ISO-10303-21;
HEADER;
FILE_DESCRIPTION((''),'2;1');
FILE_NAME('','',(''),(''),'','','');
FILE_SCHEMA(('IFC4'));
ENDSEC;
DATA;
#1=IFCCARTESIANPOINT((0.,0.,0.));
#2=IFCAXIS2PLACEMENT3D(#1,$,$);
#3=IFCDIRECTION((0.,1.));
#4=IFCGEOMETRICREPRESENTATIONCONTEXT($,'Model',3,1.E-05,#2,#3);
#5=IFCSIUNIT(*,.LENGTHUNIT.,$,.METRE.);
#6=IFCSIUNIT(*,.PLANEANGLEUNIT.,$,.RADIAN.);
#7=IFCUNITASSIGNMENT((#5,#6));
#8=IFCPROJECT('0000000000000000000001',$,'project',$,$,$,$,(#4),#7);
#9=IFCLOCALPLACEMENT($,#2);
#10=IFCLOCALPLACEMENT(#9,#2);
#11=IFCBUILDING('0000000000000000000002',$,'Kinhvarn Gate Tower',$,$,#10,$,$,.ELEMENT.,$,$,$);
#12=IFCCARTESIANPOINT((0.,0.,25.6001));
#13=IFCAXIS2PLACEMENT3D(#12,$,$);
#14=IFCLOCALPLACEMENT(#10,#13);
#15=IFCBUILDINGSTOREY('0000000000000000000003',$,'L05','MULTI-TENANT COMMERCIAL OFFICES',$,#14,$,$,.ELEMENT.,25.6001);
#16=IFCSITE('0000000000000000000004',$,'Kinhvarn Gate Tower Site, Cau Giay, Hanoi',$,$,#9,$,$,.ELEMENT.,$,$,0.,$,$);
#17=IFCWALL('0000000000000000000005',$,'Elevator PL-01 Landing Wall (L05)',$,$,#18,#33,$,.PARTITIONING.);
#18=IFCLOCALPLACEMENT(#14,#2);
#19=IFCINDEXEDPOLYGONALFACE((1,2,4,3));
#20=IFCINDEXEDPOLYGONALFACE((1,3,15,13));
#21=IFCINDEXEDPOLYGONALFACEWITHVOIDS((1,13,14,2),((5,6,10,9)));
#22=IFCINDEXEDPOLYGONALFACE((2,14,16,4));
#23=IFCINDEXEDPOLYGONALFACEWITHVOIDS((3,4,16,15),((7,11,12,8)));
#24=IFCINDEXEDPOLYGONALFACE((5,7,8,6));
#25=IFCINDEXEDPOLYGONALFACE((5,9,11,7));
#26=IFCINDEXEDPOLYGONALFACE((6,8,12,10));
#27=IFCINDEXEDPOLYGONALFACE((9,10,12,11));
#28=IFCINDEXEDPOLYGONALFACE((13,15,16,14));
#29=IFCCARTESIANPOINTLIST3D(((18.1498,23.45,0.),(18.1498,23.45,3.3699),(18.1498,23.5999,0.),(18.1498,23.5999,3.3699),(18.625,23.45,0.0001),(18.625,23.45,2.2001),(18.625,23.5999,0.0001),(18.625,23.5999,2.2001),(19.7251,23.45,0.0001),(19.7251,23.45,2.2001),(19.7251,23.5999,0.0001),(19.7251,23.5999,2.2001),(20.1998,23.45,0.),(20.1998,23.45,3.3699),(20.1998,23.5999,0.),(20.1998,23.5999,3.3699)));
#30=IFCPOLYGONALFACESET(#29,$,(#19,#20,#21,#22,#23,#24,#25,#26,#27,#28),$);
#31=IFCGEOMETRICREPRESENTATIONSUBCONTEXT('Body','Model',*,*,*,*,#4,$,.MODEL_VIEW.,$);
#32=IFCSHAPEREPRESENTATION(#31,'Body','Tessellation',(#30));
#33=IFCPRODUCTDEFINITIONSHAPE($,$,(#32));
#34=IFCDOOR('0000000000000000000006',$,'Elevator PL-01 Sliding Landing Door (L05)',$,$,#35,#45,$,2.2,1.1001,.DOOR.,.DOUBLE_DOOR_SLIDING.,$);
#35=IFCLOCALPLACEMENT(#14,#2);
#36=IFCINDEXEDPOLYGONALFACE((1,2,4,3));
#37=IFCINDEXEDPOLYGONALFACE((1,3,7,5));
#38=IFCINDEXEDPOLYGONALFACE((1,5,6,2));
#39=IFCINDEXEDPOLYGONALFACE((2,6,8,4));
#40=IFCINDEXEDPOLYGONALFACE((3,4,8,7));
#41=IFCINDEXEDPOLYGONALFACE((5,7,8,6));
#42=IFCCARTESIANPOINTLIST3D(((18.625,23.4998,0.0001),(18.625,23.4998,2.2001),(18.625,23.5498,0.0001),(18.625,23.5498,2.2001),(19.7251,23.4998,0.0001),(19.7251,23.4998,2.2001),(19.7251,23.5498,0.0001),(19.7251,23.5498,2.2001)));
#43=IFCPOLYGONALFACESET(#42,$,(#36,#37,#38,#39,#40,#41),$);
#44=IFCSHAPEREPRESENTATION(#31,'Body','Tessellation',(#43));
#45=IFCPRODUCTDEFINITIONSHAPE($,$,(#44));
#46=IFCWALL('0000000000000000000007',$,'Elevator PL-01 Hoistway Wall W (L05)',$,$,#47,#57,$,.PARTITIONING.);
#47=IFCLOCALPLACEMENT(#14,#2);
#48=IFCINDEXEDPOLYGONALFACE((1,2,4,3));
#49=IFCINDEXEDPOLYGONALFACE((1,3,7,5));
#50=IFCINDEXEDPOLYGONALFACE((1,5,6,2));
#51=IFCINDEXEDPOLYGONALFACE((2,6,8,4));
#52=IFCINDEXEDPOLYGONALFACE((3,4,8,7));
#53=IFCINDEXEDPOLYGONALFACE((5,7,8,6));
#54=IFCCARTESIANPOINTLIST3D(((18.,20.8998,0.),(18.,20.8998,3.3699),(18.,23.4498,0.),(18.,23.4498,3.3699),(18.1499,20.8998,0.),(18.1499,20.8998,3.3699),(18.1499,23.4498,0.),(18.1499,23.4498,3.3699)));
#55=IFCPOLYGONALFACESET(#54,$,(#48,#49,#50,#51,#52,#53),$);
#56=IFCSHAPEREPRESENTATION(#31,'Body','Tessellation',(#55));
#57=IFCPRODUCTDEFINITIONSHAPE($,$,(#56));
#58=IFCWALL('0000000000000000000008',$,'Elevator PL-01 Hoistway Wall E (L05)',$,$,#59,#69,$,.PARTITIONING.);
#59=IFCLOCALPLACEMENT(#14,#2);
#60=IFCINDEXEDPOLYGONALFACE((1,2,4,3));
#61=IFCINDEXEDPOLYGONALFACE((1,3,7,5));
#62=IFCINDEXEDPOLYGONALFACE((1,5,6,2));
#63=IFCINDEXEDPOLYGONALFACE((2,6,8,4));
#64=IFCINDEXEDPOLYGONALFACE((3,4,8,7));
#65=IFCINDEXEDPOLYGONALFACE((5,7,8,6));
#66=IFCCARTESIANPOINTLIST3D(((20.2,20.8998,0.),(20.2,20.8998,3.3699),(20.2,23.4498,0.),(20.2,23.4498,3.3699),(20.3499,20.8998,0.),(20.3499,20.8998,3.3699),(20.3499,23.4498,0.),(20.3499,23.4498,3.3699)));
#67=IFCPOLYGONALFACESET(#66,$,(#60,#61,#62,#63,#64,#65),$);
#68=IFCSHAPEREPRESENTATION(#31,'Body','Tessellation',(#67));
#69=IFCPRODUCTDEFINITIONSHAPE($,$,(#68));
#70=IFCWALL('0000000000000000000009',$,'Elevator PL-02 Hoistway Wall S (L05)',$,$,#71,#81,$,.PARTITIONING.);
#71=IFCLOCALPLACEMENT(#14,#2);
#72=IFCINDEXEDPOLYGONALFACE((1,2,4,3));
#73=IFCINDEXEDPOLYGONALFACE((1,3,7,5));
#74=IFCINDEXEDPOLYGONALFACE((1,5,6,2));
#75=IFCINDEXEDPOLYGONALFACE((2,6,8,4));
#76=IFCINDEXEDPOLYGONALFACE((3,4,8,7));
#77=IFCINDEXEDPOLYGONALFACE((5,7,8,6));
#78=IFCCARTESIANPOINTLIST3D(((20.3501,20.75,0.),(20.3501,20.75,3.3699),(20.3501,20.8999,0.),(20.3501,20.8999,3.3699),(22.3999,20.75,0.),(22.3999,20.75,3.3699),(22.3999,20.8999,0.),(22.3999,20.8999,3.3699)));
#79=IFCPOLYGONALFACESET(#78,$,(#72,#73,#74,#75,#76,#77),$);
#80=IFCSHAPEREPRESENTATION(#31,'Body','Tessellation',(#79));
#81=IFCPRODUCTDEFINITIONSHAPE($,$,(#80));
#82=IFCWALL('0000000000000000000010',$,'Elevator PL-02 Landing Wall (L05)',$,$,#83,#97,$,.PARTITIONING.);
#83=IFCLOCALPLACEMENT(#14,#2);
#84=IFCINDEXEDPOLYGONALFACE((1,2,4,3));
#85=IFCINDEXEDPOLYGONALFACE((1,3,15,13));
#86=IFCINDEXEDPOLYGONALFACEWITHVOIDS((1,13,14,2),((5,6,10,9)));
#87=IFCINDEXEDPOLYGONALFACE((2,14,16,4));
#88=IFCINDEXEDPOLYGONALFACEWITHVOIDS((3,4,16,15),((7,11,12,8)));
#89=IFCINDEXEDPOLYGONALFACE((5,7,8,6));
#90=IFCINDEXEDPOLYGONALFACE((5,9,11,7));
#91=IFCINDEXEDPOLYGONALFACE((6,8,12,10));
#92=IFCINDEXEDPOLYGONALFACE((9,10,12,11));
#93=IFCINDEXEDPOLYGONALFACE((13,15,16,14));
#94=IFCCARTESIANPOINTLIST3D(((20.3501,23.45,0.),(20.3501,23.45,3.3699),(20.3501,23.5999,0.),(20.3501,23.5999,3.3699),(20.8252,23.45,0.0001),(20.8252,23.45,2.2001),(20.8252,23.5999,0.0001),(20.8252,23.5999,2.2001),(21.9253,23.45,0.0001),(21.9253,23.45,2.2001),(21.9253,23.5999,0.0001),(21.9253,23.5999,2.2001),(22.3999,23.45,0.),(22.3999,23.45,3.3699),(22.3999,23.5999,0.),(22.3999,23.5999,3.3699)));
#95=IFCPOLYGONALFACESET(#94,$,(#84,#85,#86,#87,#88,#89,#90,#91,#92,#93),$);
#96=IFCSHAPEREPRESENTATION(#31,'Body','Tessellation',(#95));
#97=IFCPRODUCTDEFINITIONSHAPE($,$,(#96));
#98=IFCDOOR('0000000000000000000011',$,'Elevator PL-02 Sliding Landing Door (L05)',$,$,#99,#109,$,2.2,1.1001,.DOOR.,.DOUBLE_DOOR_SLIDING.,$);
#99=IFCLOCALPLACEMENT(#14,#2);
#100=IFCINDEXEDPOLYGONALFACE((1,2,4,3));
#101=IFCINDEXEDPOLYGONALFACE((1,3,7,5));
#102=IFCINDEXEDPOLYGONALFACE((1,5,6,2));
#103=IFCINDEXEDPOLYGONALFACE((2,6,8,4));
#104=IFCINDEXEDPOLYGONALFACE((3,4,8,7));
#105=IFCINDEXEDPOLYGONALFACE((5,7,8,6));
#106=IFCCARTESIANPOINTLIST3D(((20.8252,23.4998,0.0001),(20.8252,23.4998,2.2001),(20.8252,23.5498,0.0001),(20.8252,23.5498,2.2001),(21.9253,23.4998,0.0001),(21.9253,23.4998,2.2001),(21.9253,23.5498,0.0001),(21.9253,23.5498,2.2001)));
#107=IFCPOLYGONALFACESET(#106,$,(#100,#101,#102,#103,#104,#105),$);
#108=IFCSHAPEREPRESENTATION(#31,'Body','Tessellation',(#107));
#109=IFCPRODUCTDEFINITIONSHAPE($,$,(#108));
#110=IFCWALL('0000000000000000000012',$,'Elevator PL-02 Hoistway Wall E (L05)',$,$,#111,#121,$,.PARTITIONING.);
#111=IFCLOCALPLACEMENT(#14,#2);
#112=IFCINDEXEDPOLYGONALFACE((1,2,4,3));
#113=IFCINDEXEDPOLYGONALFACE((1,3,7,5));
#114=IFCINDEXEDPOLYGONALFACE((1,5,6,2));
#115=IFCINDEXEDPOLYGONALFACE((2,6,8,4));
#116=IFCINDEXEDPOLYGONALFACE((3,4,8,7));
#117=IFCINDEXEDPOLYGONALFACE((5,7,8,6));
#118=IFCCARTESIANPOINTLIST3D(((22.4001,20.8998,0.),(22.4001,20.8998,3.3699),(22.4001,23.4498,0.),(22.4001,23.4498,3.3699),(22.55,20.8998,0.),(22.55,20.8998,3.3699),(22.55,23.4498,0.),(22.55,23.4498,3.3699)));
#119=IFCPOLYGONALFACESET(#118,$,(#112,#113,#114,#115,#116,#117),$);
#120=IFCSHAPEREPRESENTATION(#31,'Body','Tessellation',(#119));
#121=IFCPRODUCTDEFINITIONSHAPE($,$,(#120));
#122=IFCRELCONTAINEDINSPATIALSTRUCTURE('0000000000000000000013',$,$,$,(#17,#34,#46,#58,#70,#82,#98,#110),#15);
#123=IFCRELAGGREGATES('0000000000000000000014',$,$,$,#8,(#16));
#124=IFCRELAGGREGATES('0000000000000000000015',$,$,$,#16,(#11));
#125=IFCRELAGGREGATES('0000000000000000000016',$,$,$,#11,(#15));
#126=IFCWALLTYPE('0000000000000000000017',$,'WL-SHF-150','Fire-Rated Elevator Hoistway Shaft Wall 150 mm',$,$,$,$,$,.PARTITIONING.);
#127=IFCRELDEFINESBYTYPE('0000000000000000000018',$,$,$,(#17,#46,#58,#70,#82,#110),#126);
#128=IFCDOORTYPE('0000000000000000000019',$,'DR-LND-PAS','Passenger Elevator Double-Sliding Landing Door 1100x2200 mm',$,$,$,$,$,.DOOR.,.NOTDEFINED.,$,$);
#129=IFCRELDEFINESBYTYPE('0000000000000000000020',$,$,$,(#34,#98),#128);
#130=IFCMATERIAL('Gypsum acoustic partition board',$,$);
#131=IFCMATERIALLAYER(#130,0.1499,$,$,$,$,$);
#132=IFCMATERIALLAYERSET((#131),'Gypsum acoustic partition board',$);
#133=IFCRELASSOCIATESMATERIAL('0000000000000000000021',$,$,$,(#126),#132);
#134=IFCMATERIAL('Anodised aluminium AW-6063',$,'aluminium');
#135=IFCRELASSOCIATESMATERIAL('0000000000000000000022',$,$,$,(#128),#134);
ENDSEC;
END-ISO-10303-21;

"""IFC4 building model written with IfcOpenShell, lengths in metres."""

from ifc_helpers import new_model, si_unit, direction, frame, frame_2d, origin, place, context, subcontext, project, spatial, rectangle, extrude, material, layer, layer_set, type_object, element, fill, save


model = new_model("IFC4")

# Units and contexts
model_context = context("Model", 3, precision=1e-05, world=origin(), true_north=direction((0.0, 1.0)))
body_context = subcontext(model_context, "Body", "Model", "MODEL_VIEW")
ifc_project = project(units=[si_unit("LENGTHUNIT", "METRE"), si_unit("PLANEANGLEUNIT", "RADIAN")], contexts=[model_context])

# Site, building, storey
site_placement = place(None, origin())
site = spatial("IfcSite", under=ifc_project, at=site_placement, Name="Kinhvarn Gate Tower Site, Cau Giay, Hanoi", CompositionType="ELEMENT", RefElevation=0.0)
building_placement = place(site_placement, origin())
building = spatial("IfcBuilding", under=site, at=building_placement, Name="Kinhvarn Gate Tower", CompositionType="ELEMENT")
storey_placement = place(building_placement, frame((0.0, 0.0, 25.6001)))
storey = spatial("IfcBuildingStorey", under=building, at=storey_placement, Name="L05", Description="MULTI-TENANT COMMERCIAL OFFICES", CompositionType="ELEMENT", Elevation=25.6001)

# Shared definitions
ifc_material_1 = material(Name="Gypsum acoustic partition board")
ifc_layer = layer(ifc_material_1, 0.1499)
ifc_layer_set = layer_set([ifc_layer], Name="Gypsum acoustic partition board")
wall_type = type_object("IfcWallType", Name="WL-SHF-150", Description="Fire-Rated Elevator Hoistway Shaft Wall 150 mm", PredefinedType="PARTITIONING", material=ifc_layer_set)

# Wall, opening, door
wall_1_placement = place(storey_placement, frame((18.1499, 23.5249, 0.0), z_axis=(0.0, 0.0, 1.0), x_axis=(1.0, 0.0, 0.0)))
wall_1 = element("IfcWall", 1, at=wall_1_placement, inside=storey, type_object=wall_type, Name="Elevator PL-01 Landing Wall (L05)", PredefinedType="PARTITIONING", context=body_context, shape_type="SweptSolid", body=[
    extrude(rectangle(XDim=2.05, YDim=0.1499, at=frame_2d((1.0249, 0.0))), origin(), (0.0, 0.0, 1.0), 3.3699),
])
opening_1_placement = place(wall_1_placement, frame((0.4751, 0.0, 0.0)))
opening_1 = element("IfcOpeningElement", 2, at=opening_1_placement, cuts=wall_1, PredefinedType="OPENING", context=body_context, shape_type="SweptSolid", body=[
    extrude(rectangle(XDim=1.1001, YDim=2.2, at=frame_2d((0.55, 1.1001))), frame((0.0, 0.085, 0.0), z_axis=(0.0, -1.0, 0.0), x_axis=(1.0, 0.0, 0.0)), (0.0, 0.0, 1.0), 0.1699),
])
ifc_material_2 = material(Name="Anodised aluminium AW-6063", Category="aluminium")
door_type = type_object("IfcDoorType", Name="DR-LND-PAS", Description="Passenger Elevator Double-Sliding Landing Door 1100x2200 mm", OperationType="NOTDEFINED", PredefinedType="DOOR", material=ifc_material_2)
door_1_placement = place(opening_1_placement, origin())
door_1 = element("IfcDoor", 3, at=door_1_placement, inside=storey, type_object=door_type, Name="Elevator PL-01 Sliding Landing Door (L05)", OperationType="DOUBLE_DOOR_SLIDING", OverallHeight=2.2, OverallWidth=1.1001, PredefinedType="DOOR", context=body_context, shape_type="SweptSolid", body=[
    extrude(rectangle(XDim=1.1001, YDim=2.2, at=frame_2d((0.55, 1.1001))), frame((0.0, 0.0249, 0.0), z_axis=(0.0, -1.0, 0.0), x_axis=(1.0, 0.0, 0.0)), (0.0, 0.0, 1.0), 0.05),
])
fill(opening_1, door_1)

# Walls
for number, where, z_axis, x_axis, name in (
    (4, (18.075, 20.8999, 0.0), (0.0, 0.0, 1.0), (0.0, 1.0, 0.0), "Elevator PL-01 Hoistway Wall W (L05)"),
    (5, (20.2749, 20.8999, 0.0), (0.0, 0.0, 1.0), (0.0, 1.0, 0.0), "Elevator PL-01 Hoistway Wall E (L05)"),
):
    element("IfcWall", number, at=place(storey_placement, frame(where, z_axis=z_axis, x_axis=x_axis)), inside=storey, type_object=wall_type, Name=name, PredefinedType="PARTITIONING", context=body_context, shape_type="SweptSolid", body=[
        extrude(rectangle(XDim=2.55, YDim=0.1499, at=frame_2d((1.2749, 0.0))), origin(), (0.0, 0.0, 1.0), 3.3699),
    ])
wall_2_placement = place(storey_placement, frame((20.3501, 20.825, 0.0), z_axis=(0.0, 0.0, 1.0), x_axis=(1.0, 0.0, 0.0)))
element("IfcWall", 6, at=wall_2_placement, inside=storey, type_object=wall_type, Name="Elevator PL-02 Hoistway Wall S (L05)", PredefinedType="PARTITIONING", context=body_context, shape_type="SweptSolid", body=[
    extrude(rectangle(XDim=2.0498, YDim=0.1499, at=frame_2d((1.0249, 0.0))), origin(), (0.0, 0.0, 1.0), 3.3699),
])

# Wall, opening, door
wall_3_placement = place(storey_placement, frame((20.3501, 23.5249, 0.0), z_axis=(0.0, 0.0, 1.0), x_axis=(1.0, 0.0, 0.0)))
wall_3 = element("IfcWall", 7, at=wall_3_placement, inside=storey, type_object=wall_type, Name="Elevator PL-02 Landing Wall (L05)", PredefinedType="PARTITIONING", context=body_context, shape_type="SweptSolid", body=[
    extrude(rectangle(XDim=2.0498, YDim=0.1499, at=frame_2d((1.0249, 0.0))), origin(), (0.0, 0.0, 1.0), 3.3699),
])
opening_2_placement = place(wall_3_placement, frame((0.4751, 0.0, 0.0)))
opening_2 = element("IfcOpeningElement", 8, at=opening_2_placement, cuts=wall_3, PredefinedType="OPENING", context=body_context, shape_type="SweptSolid", body=[
    extrude(rectangle(XDim=1.1001, YDim=2.2, at=frame_2d((0.55, 1.1001))), frame((0.0, 0.085, 0.0), z_axis=(0.0, -1.0, 0.0), x_axis=(1.0, 0.0, 0.0)), (0.0, 0.0, 1.0), 0.1699),
])
door_2_placement = place(opening_2_placement, origin())
door_2 = element("IfcDoor", 9, at=door_2_placement, inside=storey, type_object=door_type, Name="Elevator PL-02 Sliding Landing Door (L05)", OperationType="DOUBLE_DOOR_SLIDING", OverallHeight=2.2, OverallWidth=1.1001, PredefinedType="DOOR", context=body_context, shape_type="SweptSolid", body=[
    extrude(rectangle(XDim=1.1001, YDim=2.2, at=frame_2d((0.55, 1.1001))), frame((0.0, 0.0249, 0.0), z_axis=(0.0, -1.0, 0.0), x_axis=(1.0, 0.0, 0.0)), (0.0, 0.0, 1.0), 0.05),
])
fill(opening_2, door_2)

# Wall
wall_4_placement = place(storey_placement, frame((22.4751, 20.8999, 0.0), z_axis=(0.0, 0.0, 1.0), x_axis=(0.0, 1.0, 0.0)))
element("IfcWall", 10, at=wall_4_placement, inside=storey, type_object=wall_type, Name="Elevator PL-02 Hoistway Wall E (L05)", PredefinedType="PARTITIONING", context=body_context, shape_type="SweptSolid", body=[
    extrude(rectangle(XDim=2.55, YDim=0.1499, at=frame_2d((1.2749, 0.0))), origin(), (0.0, 0.0, 1.0), 3.3699),
])

save(model, "model.ifc")
